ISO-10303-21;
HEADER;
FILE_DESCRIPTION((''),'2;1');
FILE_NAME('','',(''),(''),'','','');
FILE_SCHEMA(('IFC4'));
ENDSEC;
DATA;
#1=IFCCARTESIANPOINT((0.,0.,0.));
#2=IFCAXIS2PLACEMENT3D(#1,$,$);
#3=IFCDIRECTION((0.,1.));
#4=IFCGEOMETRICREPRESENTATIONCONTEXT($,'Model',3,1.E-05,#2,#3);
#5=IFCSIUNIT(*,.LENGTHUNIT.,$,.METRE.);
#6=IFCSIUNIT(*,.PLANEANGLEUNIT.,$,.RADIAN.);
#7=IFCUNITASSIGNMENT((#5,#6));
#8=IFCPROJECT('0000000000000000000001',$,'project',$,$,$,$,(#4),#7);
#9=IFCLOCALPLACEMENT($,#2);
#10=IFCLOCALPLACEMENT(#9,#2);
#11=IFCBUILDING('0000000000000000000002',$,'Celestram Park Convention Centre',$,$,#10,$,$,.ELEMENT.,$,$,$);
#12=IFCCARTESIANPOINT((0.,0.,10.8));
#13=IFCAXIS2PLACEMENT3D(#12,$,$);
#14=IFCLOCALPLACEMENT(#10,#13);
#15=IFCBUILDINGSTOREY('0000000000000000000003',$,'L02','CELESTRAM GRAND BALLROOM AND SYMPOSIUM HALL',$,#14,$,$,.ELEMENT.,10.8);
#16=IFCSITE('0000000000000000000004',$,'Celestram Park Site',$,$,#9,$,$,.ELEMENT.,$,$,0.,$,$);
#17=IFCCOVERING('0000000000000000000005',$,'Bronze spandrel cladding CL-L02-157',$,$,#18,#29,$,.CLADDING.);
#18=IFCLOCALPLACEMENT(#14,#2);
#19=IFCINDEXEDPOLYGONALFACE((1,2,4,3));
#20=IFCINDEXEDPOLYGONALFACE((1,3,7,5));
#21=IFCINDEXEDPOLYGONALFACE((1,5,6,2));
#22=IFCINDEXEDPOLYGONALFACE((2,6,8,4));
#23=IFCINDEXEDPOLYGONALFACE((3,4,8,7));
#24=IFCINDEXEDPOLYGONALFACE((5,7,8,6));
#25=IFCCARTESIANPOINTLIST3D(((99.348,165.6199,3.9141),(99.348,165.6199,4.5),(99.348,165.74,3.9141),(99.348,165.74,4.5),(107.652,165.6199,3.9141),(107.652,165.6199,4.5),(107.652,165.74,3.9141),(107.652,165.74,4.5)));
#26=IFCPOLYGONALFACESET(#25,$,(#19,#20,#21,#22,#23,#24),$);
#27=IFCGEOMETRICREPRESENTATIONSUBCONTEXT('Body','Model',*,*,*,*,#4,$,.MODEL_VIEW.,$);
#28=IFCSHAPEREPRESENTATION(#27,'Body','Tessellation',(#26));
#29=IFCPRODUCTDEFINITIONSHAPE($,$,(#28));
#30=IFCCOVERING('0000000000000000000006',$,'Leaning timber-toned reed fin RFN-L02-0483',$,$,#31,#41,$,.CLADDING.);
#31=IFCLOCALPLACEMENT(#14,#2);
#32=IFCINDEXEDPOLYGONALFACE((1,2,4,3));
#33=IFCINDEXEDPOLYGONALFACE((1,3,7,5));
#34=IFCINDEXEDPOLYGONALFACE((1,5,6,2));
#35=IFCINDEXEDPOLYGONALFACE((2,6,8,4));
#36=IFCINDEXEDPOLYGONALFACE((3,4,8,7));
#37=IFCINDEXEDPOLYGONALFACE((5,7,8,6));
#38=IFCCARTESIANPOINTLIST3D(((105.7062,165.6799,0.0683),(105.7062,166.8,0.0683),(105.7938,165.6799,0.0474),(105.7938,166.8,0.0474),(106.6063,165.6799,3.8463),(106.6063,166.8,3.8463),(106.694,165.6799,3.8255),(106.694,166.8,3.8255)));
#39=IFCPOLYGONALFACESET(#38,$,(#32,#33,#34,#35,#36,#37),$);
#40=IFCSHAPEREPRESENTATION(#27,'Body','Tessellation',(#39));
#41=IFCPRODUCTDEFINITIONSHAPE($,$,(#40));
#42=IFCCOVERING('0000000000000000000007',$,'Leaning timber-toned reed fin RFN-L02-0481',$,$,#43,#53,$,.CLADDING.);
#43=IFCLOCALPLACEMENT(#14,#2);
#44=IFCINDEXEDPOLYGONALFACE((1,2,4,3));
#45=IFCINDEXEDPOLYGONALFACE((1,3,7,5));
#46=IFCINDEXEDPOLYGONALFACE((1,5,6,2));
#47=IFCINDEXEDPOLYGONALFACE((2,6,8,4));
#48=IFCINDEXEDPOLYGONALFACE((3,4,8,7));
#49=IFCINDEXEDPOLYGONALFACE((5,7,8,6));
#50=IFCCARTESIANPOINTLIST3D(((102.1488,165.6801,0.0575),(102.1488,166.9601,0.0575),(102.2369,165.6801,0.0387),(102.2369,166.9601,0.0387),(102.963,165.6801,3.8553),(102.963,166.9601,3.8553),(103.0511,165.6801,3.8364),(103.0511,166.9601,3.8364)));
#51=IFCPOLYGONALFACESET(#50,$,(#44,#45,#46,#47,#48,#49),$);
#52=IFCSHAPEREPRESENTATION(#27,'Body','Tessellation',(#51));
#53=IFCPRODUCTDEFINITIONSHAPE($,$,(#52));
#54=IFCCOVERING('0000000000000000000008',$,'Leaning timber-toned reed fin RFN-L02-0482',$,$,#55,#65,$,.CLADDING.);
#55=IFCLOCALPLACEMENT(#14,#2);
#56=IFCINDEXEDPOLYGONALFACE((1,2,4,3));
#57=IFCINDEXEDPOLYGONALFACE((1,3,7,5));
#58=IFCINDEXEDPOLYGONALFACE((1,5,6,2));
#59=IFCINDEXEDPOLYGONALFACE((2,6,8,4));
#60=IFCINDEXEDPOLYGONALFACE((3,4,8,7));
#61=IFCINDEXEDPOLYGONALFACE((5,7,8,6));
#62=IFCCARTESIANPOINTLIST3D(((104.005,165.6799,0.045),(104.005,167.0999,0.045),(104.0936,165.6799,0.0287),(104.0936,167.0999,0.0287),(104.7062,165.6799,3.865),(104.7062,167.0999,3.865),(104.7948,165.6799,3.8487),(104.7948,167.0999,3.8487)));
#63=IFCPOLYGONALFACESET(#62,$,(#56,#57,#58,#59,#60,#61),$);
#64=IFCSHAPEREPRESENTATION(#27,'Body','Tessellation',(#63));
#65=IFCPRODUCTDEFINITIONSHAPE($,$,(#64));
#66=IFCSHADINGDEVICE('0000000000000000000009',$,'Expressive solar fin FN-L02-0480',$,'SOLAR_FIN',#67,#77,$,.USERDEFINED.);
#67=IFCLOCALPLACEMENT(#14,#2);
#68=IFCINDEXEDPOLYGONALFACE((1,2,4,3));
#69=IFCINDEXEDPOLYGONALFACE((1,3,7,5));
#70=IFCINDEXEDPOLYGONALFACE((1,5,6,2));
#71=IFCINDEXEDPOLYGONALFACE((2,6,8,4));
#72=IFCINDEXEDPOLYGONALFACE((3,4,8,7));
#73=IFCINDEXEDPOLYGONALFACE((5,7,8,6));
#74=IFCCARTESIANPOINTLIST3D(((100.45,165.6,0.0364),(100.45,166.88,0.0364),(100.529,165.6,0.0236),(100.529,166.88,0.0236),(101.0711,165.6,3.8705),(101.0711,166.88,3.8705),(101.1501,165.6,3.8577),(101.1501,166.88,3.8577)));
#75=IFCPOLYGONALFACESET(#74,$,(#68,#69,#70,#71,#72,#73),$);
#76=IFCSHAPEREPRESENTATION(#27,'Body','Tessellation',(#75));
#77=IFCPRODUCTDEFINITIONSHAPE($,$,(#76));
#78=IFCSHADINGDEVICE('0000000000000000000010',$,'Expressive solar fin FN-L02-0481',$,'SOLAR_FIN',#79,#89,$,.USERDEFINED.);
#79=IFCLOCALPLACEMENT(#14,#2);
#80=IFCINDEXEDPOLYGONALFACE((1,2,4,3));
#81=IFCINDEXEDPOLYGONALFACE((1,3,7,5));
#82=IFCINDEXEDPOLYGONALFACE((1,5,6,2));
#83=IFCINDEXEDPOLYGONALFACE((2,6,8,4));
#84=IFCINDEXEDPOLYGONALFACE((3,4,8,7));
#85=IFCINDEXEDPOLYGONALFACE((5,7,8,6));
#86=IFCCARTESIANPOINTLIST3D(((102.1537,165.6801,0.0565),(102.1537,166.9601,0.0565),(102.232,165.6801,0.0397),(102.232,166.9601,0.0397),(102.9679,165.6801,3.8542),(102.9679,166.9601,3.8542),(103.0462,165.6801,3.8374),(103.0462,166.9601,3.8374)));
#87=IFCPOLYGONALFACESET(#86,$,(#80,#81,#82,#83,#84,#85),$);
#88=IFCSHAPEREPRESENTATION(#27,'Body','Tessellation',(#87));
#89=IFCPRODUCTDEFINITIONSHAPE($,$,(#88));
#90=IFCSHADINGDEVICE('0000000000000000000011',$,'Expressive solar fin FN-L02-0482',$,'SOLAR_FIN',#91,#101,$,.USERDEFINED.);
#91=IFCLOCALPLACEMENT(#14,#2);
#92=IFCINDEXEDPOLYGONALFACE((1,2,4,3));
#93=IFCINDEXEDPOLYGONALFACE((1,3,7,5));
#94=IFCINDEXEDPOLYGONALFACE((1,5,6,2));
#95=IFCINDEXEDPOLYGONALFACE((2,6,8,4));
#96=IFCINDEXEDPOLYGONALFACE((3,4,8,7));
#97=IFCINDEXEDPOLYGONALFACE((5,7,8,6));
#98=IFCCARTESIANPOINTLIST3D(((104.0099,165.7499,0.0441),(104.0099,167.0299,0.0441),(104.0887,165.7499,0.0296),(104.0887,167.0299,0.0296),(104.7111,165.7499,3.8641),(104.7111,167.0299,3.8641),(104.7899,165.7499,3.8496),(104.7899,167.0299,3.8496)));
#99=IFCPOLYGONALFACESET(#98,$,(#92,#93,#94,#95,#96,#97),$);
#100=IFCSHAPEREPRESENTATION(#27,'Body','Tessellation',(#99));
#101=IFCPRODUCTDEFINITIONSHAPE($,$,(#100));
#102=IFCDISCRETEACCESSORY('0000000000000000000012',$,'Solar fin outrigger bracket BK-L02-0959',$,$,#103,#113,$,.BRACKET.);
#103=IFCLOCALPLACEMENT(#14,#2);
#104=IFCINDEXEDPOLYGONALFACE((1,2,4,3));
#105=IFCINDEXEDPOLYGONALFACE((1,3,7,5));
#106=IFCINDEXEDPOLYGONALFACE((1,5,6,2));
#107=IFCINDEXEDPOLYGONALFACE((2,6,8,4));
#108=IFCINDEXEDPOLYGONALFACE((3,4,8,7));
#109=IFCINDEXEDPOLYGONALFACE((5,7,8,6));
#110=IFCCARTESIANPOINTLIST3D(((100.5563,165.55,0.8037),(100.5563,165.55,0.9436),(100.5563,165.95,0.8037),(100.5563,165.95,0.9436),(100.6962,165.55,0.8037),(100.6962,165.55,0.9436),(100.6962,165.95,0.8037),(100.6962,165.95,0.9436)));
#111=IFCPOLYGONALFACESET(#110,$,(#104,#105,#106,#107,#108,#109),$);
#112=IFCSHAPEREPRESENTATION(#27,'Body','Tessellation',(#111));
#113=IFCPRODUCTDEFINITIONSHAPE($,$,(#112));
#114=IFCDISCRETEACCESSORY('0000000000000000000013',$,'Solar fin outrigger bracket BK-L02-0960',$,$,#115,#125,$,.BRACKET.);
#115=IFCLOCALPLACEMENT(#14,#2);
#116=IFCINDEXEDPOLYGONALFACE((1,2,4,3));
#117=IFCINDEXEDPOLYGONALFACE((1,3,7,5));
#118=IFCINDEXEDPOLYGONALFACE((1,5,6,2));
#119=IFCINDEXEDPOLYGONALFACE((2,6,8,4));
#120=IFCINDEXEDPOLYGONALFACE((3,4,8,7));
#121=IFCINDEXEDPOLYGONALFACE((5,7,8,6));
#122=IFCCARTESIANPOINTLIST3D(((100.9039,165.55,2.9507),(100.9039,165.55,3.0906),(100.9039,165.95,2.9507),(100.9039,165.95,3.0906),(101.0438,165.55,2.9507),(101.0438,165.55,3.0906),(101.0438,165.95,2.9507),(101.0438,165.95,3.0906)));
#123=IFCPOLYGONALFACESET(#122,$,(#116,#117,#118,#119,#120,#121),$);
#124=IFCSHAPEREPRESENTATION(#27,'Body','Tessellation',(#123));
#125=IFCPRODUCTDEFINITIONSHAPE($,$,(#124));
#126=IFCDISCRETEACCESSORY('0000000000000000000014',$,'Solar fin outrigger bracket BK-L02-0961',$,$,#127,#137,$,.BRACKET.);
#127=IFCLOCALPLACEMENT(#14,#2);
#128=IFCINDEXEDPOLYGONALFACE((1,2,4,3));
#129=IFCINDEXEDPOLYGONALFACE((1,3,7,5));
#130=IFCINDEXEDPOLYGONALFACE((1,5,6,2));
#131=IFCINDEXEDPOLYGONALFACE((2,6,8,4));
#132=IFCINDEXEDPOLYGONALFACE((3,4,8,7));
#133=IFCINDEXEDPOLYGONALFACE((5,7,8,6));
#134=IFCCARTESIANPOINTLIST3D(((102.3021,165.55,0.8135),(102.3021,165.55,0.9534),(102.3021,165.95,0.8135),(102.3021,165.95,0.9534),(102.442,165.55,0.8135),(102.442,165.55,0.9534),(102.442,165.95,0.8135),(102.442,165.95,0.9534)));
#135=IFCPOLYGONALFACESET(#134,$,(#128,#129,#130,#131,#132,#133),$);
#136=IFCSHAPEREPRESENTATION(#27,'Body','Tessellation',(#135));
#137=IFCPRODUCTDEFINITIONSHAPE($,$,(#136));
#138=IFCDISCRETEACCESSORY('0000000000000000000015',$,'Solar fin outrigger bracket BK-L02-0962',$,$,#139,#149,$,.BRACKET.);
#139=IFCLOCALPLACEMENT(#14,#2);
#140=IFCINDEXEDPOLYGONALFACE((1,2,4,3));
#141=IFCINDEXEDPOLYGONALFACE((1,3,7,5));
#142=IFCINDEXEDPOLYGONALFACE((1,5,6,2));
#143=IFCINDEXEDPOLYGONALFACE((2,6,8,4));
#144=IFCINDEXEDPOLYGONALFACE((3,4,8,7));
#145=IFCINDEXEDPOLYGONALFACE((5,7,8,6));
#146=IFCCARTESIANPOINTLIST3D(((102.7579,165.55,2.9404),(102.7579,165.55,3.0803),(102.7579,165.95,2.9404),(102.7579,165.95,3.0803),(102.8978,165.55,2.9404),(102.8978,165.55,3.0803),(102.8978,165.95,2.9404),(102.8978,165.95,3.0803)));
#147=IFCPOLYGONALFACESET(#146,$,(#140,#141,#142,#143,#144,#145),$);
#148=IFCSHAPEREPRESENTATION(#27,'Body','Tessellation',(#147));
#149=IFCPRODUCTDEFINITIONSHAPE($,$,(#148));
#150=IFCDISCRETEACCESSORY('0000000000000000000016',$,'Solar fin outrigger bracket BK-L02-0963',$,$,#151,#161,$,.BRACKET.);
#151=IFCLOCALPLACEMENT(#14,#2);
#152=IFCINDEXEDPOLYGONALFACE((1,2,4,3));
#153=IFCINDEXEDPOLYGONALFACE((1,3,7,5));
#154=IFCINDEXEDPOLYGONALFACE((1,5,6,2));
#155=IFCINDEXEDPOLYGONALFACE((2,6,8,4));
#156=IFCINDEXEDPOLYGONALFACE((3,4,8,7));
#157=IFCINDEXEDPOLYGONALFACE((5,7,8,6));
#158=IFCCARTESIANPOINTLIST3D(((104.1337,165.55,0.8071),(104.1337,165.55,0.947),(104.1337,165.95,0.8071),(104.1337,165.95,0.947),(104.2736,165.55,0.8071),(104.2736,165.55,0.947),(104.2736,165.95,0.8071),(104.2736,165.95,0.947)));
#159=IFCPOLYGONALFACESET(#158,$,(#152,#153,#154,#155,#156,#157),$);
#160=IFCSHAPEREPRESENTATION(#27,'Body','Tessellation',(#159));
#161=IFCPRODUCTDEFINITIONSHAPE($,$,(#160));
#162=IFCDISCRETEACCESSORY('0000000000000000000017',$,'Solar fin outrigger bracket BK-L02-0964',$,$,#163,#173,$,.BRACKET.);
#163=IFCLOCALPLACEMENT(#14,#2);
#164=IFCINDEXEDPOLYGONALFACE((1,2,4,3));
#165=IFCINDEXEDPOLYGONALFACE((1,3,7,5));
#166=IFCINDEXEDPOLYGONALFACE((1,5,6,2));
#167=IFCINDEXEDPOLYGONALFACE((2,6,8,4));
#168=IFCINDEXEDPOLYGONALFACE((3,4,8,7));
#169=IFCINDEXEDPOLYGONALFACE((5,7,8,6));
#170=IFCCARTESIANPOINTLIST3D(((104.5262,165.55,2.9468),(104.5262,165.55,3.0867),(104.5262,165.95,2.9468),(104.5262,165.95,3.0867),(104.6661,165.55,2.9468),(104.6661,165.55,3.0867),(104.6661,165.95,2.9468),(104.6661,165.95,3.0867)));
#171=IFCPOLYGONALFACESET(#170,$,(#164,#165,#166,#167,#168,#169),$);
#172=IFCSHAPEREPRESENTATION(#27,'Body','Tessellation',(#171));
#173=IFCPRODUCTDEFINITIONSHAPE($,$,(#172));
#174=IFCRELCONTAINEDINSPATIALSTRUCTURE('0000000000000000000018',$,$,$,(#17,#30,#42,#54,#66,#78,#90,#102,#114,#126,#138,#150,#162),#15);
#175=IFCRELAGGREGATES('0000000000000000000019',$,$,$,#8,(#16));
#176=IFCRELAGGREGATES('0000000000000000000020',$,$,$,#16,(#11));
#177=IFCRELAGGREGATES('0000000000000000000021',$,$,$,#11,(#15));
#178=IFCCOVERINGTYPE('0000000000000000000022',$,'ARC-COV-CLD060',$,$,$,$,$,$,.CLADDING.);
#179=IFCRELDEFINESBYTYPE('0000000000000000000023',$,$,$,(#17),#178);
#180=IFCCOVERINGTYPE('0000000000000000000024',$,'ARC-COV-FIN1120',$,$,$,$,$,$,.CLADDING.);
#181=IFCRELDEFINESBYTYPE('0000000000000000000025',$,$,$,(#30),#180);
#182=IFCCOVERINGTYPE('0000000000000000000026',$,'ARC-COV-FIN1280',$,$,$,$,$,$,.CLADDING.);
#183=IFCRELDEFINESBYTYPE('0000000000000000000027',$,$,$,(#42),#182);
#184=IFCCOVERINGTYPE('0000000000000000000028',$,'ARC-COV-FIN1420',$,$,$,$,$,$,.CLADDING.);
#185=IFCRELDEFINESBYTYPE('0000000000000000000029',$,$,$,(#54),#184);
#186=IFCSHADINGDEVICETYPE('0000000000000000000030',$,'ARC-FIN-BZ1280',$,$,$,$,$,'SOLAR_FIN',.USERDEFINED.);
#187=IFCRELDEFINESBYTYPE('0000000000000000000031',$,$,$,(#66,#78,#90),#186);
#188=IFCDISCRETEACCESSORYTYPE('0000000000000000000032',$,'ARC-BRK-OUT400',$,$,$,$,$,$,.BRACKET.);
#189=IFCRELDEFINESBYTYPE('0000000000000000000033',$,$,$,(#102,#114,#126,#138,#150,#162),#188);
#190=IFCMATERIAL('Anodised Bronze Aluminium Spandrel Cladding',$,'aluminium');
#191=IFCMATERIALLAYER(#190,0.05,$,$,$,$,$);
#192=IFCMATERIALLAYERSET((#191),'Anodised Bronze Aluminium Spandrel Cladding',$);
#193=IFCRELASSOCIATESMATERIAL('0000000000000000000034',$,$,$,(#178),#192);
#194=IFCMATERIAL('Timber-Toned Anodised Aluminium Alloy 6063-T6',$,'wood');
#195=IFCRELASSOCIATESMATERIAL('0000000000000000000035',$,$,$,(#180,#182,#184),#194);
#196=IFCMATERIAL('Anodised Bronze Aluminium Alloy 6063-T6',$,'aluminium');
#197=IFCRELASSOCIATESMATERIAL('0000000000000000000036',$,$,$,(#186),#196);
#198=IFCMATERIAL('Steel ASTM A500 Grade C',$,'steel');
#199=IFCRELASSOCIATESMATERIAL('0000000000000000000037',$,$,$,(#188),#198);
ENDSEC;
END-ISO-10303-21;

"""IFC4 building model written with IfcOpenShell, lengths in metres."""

from ifc_helpers import new_model, si_unit, direction, frame, origin, origin_2d, place, context, subcontext, project, spatial, rectangle, extrude, material, layer, layer_set, material_profile, profile_set, type_object, element, save


model = new_model("IFC4")

# Units and contexts
model_context = context("Model", 3, precision=1e-05, world=origin(), true_north=direction((0.0, 1.0)))
body_context = subcontext(model_context, "Body", "Model", "MODEL_VIEW")
ifc_project = project(units=[si_unit("LENGTHUNIT", "METRE"), si_unit("PLANEANGLEUNIT", "RADIAN")], contexts=[model_context])

# Site, building, storey
site_placement = place(None, origin())
site = spatial("IfcSite", under=ifc_project, at=site_placement, Name="Celestram Park Site", CompositionType="ELEMENT", RefElevation=0.0)
building_placement = place(site_placement, origin())
building = spatial("IfcBuilding", under=site, at=building_placement, Name="Celestram Park Convention Centre", CompositionType="ELEMENT")
storey_placement = place(building_placement, frame((0.0, 0.0, 10.8)))
storey = spatial("IfcBuildingStorey", under=building, at=storey_placement, Name="L02", Description="CELESTRAM GRAND BALLROOM AND SYMPOSIUM HALL", CompositionType="ELEMENT", Elevation=10.8)

# Coverings
ifc_material_1 = material(Name="Anodised Bronze Aluminium Spandrel Cladding", Category="aluminium")
ifc_layer_1 = layer(ifc_material_1, 0.05)
ifc_layer_set_1 = layer_set([ifc_layer_1], Name="Anodised Bronze Aluminium Spandrel Cladding")
covering_type_1 = type_object("IfcCoveringType", Name="ARC-COV-CLD060", PredefinedType="CLADDING", material=ifc_layer_set_1)
covering_1_placement = place(storey_placement, frame((103.5, 165.6799, 3.9141), z_axis=(0.0, 0.0, 1.0), x_axis=(1.0, 0.0, 0.0)))
element("IfcCovering", 1, at=covering_1_placement, inside=storey, type_object=covering_type_1, Name="Bronze spandrel cladding CL-L02-157", PredefinedType="CLADDING", context=body_context, shape_type="SweptSolid", body=[
    extrude(rectangle(XDim=8.304, YDim=0.1201, at=origin_2d()), origin(), (0.0, 0.0, 1.0), 0.5859),
])
ifc_material_2 = material(Name="Timber-Toned Anodised Aluminium Alloy 6063-T6", Category="wood")
ifc_material_profile_1 = material_profile(ifc_material_2, rectangle(XDim=1.1201, YDim=0.0901, at=origin_2d()), Name="REED1120X90")
ifc_profile_set_1 = profile_set([ifc_material_profile_1], Name="Timber-Toned Anodised Aluminium Alloy 6063-T6")
covering_type_2 = type_object("IfcCoveringType", Name="ARC-COV-FIN1120", PredefinedType="CLADDING", material=ifc_profile_set_1)
covering_2_placement = place(storey_placement, frame((105.75, 166.24, 0.0579), z_axis=(0.231768, 0.0, 0.972771), x_axis=(0.0, 1.0, 0.0)))
element("IfcCovering", 2, at=covering_2_placement, inside=storey, type_object=covering_type_2, Name="Leaning timber-toned reed fin RFN-L02-0483", PredefinedType="CLADDING", context=body_context, shape_type="SweptSolid", body=[
    extrude(rectangle(XDim=1.1201, YDim=0.0901, at=origin_2d()), origin(), (0.0, 0.0, 1.0), 3.8838),
])
ifc_material_profile_2 = material_profile(ifc_material_2, rectangle(XDim=1.28, YDim=0.0901, at=origin_2d()), Name="REED1280X90")
ifc_profile_set_2 = profile_set([ifc_material_profile_2], Name="Timber-Toned Anodised Aluminium Alloy 6063-T6")
covering_type_3 = type_object("IfcCoveringType", Name="ARC-COV-FIN1280", PredefinedType="CLADDING", material=ifc_profile_set_2)
covering_3_placement = place(storey_placement, frame((102.1929, 166.3201, 0.0481), z_axis=(0.209624, 0.0, 0.977782), x_axis=(0.0, 1.0, 0.0)))
element("IfcCovering", 3, at=covering_3_placement, inside=storey, type_object=covering_type_3, Name="Leaning timber-toned reed fin RFN-L02-0481", PredefinedType="CLADDING", context=body_context, shape_type="SweptSolid", body=[
    extrude(rectangle(XDim=1.28, YDim=0.0901, at=origin_2d()), origin(), (0.0, 0.0, 1.0), 3.884),
])
ifc_material_profile_3 = material_profile(ifc_material_2, rectangle(XDim=1.4199, YDim=0.0901, at=origin_2d()), Name="REED1420X90")
ifc_profile_set_3 = profile_set([ifc_material_profile_3], Name="Timber-Toned Anodised Aluminium Alloy 6063-T6")
covering_type_4 = type_object("IfcCoveringType", Name="ARC-COV-FIN1420", PredefinedType="CLADDING", material=ifc_profile_set_3)
covering_4_placement = place(storey_placement, frame((104.0493, 166.3899, 0.0369), z_axis=(0.180534, 0.0, 0.983569), x_axis=(0.0, 1.0, 0.0)))
element("IfcCovering", 4, at=covering_4_placement, inside=storey, type_object=covering_type_4, Name="Leaning timber-toned reed fin RFN-L02-0482", PredefinedType="CLADDING", context=body_context, shape_type="SweptSolid", body=[
    extrude(rectangle(XDim=1.4199, YDim=0.0901, at=origin_2d()), origin(), (0.0, 0.0, 1.0), 3.8838),
])

# Shading devices
ifc_material_3 = material(Name="Anodised Bronze Aluminium Alloy 6063-T6", Category="aluminium")
ifc_material_profile_4 = material_profile(ifc_material_3, rectangle(XDim=1.28, YDim=0.0801, at=origin_2d()), Name="FIN1280X80")
ifc_profile_set_4 = profile_set([ifc_material_profile_4], Name="Anodised Bronze Aluminium Alloy 6063-T6")
shading_device_type = type_object("IfcShadingDeviceType", Name="ARC-FIN-BZ1280", ElementType="SOLAR_FIN", PredefinedType="USERDEFINED", material=ifc_profile_set_4)
for number, where, z_axis, x_axis, name in (
    (5, (100.4895, 166.24, 0.03), (0.159912, 0.0, 0.987131), (0.0, 1.0, 0.0), "Expressive solar fin FN-L02-0480"),
    (6, (102.1929, 166.3201, 0.0481), (0.209624, 0.0, 0.977782), (0.0, 1.0, 0.0), "Expressive solar fin FN-L02-0481"),
):
    element("IfcShadingDevice", number, at=place(storey_placement, frame(where, z_axis=z_axis, x_axis=x_axis)), inside=storey, type_object=shading_device_type, Name=name, ObjectType="SOLAR_FIN", PredefinedType="USERDEFINED", context=body_context, shape_type="SweptSolid", body=[
        extrude(rectangle(XDim=1.28, YDim=0.0801, at=origin_2d()), origin(), (0.0, 0.0, 1.0), 3.884),
    ])
shading_device_placement = place(storey_placement, frame((104.0493, 166.3899, 0.0369), z_axis=(0.180534, 0.0, 0.983569), x_axis=(0.0, 1.0, 0.0)))
element("IfcShadingDevice", 7, at=shading_device_placement, inside=storey, type_object=shading_device_type, Name="Expressive solar fin FN-L02-0482", ObjectType="SOLAR_FIN", PredefinedType="USERDEFINED", context=body_context, shape_type="SweptSolid", body=[
    extrude(rectangle(XDim=1.28, YDim=0.0801, at=origin_2d()), origin(), (0.0, 0.0, 1.0), 3.8838),
])

# Discrete accessories
ifc_material_4 = material(Name="Steel ASTM A500 Grade C", Category="steel")
discrete_accessory_type = type_object("IfcDiscreteAccessoryType", Name="ARC-BRK-OUT400", PredefinedType="BRACKET", material=ifc_material_4)
for number, where, z_axis, x_axis, name in (
    (8, (100.6262, 165.75, 0.8037), (0.0, 0.0, 1.0), (0.0, 1.0, 0.0), "Solar fin outrigger bracket BK-L02-0959"),
    (9, (100.9739, 165.75, 2.9507), (0.0, 0.0, 1.0), (0.0, 1.0, 0.0), "Solar fin outrigger bracket BK-L02-0960"),
    (10, (102.3721, 165.75, 0.8135), (0.0, 0.0, 1.0), (0.0, 1.0, 0.0), "Solar fin outrigger bracket BK-L02-0961"),
    (11, (102.8279, 165.75, 2.9404), (0.0, 0.0, 1.0), (0.0, 1.0, 0.0), "Solar fin outrigger bracket BK-L02-0962"),
    (12, (104.2036, 165.75, 0.8071), (0.0, 0.0, 1.0), (0.0, 1.0, 0.0), "Solar fin outrigger bracket BK-L02-0963"),
    (13, (104.5962, 165.75, 2.9468), (0.0, 0.0, 1.0), (0.0, 1.0, 0.0), "Solar fin outrigger bracket BK-L02-0964"),
):
    element("IfcDiscreteAccessory", number, at=place(storey_placement, frame(where, z_axis=z_axis, x_axis=x_axis)), inside=storey, type_object=discrete_accessory_type, Name=name, PredefinedType="BRACKET", context=body_context, shape_type="SweptSolid", body=[
        extrude(rectangle(XDim=0.3999, YDim=0.1399, at=origin_2d()), origin(), (0.0, 0.0, 1.0), 0.1399),
    ])

save(model, "model.ifc")
